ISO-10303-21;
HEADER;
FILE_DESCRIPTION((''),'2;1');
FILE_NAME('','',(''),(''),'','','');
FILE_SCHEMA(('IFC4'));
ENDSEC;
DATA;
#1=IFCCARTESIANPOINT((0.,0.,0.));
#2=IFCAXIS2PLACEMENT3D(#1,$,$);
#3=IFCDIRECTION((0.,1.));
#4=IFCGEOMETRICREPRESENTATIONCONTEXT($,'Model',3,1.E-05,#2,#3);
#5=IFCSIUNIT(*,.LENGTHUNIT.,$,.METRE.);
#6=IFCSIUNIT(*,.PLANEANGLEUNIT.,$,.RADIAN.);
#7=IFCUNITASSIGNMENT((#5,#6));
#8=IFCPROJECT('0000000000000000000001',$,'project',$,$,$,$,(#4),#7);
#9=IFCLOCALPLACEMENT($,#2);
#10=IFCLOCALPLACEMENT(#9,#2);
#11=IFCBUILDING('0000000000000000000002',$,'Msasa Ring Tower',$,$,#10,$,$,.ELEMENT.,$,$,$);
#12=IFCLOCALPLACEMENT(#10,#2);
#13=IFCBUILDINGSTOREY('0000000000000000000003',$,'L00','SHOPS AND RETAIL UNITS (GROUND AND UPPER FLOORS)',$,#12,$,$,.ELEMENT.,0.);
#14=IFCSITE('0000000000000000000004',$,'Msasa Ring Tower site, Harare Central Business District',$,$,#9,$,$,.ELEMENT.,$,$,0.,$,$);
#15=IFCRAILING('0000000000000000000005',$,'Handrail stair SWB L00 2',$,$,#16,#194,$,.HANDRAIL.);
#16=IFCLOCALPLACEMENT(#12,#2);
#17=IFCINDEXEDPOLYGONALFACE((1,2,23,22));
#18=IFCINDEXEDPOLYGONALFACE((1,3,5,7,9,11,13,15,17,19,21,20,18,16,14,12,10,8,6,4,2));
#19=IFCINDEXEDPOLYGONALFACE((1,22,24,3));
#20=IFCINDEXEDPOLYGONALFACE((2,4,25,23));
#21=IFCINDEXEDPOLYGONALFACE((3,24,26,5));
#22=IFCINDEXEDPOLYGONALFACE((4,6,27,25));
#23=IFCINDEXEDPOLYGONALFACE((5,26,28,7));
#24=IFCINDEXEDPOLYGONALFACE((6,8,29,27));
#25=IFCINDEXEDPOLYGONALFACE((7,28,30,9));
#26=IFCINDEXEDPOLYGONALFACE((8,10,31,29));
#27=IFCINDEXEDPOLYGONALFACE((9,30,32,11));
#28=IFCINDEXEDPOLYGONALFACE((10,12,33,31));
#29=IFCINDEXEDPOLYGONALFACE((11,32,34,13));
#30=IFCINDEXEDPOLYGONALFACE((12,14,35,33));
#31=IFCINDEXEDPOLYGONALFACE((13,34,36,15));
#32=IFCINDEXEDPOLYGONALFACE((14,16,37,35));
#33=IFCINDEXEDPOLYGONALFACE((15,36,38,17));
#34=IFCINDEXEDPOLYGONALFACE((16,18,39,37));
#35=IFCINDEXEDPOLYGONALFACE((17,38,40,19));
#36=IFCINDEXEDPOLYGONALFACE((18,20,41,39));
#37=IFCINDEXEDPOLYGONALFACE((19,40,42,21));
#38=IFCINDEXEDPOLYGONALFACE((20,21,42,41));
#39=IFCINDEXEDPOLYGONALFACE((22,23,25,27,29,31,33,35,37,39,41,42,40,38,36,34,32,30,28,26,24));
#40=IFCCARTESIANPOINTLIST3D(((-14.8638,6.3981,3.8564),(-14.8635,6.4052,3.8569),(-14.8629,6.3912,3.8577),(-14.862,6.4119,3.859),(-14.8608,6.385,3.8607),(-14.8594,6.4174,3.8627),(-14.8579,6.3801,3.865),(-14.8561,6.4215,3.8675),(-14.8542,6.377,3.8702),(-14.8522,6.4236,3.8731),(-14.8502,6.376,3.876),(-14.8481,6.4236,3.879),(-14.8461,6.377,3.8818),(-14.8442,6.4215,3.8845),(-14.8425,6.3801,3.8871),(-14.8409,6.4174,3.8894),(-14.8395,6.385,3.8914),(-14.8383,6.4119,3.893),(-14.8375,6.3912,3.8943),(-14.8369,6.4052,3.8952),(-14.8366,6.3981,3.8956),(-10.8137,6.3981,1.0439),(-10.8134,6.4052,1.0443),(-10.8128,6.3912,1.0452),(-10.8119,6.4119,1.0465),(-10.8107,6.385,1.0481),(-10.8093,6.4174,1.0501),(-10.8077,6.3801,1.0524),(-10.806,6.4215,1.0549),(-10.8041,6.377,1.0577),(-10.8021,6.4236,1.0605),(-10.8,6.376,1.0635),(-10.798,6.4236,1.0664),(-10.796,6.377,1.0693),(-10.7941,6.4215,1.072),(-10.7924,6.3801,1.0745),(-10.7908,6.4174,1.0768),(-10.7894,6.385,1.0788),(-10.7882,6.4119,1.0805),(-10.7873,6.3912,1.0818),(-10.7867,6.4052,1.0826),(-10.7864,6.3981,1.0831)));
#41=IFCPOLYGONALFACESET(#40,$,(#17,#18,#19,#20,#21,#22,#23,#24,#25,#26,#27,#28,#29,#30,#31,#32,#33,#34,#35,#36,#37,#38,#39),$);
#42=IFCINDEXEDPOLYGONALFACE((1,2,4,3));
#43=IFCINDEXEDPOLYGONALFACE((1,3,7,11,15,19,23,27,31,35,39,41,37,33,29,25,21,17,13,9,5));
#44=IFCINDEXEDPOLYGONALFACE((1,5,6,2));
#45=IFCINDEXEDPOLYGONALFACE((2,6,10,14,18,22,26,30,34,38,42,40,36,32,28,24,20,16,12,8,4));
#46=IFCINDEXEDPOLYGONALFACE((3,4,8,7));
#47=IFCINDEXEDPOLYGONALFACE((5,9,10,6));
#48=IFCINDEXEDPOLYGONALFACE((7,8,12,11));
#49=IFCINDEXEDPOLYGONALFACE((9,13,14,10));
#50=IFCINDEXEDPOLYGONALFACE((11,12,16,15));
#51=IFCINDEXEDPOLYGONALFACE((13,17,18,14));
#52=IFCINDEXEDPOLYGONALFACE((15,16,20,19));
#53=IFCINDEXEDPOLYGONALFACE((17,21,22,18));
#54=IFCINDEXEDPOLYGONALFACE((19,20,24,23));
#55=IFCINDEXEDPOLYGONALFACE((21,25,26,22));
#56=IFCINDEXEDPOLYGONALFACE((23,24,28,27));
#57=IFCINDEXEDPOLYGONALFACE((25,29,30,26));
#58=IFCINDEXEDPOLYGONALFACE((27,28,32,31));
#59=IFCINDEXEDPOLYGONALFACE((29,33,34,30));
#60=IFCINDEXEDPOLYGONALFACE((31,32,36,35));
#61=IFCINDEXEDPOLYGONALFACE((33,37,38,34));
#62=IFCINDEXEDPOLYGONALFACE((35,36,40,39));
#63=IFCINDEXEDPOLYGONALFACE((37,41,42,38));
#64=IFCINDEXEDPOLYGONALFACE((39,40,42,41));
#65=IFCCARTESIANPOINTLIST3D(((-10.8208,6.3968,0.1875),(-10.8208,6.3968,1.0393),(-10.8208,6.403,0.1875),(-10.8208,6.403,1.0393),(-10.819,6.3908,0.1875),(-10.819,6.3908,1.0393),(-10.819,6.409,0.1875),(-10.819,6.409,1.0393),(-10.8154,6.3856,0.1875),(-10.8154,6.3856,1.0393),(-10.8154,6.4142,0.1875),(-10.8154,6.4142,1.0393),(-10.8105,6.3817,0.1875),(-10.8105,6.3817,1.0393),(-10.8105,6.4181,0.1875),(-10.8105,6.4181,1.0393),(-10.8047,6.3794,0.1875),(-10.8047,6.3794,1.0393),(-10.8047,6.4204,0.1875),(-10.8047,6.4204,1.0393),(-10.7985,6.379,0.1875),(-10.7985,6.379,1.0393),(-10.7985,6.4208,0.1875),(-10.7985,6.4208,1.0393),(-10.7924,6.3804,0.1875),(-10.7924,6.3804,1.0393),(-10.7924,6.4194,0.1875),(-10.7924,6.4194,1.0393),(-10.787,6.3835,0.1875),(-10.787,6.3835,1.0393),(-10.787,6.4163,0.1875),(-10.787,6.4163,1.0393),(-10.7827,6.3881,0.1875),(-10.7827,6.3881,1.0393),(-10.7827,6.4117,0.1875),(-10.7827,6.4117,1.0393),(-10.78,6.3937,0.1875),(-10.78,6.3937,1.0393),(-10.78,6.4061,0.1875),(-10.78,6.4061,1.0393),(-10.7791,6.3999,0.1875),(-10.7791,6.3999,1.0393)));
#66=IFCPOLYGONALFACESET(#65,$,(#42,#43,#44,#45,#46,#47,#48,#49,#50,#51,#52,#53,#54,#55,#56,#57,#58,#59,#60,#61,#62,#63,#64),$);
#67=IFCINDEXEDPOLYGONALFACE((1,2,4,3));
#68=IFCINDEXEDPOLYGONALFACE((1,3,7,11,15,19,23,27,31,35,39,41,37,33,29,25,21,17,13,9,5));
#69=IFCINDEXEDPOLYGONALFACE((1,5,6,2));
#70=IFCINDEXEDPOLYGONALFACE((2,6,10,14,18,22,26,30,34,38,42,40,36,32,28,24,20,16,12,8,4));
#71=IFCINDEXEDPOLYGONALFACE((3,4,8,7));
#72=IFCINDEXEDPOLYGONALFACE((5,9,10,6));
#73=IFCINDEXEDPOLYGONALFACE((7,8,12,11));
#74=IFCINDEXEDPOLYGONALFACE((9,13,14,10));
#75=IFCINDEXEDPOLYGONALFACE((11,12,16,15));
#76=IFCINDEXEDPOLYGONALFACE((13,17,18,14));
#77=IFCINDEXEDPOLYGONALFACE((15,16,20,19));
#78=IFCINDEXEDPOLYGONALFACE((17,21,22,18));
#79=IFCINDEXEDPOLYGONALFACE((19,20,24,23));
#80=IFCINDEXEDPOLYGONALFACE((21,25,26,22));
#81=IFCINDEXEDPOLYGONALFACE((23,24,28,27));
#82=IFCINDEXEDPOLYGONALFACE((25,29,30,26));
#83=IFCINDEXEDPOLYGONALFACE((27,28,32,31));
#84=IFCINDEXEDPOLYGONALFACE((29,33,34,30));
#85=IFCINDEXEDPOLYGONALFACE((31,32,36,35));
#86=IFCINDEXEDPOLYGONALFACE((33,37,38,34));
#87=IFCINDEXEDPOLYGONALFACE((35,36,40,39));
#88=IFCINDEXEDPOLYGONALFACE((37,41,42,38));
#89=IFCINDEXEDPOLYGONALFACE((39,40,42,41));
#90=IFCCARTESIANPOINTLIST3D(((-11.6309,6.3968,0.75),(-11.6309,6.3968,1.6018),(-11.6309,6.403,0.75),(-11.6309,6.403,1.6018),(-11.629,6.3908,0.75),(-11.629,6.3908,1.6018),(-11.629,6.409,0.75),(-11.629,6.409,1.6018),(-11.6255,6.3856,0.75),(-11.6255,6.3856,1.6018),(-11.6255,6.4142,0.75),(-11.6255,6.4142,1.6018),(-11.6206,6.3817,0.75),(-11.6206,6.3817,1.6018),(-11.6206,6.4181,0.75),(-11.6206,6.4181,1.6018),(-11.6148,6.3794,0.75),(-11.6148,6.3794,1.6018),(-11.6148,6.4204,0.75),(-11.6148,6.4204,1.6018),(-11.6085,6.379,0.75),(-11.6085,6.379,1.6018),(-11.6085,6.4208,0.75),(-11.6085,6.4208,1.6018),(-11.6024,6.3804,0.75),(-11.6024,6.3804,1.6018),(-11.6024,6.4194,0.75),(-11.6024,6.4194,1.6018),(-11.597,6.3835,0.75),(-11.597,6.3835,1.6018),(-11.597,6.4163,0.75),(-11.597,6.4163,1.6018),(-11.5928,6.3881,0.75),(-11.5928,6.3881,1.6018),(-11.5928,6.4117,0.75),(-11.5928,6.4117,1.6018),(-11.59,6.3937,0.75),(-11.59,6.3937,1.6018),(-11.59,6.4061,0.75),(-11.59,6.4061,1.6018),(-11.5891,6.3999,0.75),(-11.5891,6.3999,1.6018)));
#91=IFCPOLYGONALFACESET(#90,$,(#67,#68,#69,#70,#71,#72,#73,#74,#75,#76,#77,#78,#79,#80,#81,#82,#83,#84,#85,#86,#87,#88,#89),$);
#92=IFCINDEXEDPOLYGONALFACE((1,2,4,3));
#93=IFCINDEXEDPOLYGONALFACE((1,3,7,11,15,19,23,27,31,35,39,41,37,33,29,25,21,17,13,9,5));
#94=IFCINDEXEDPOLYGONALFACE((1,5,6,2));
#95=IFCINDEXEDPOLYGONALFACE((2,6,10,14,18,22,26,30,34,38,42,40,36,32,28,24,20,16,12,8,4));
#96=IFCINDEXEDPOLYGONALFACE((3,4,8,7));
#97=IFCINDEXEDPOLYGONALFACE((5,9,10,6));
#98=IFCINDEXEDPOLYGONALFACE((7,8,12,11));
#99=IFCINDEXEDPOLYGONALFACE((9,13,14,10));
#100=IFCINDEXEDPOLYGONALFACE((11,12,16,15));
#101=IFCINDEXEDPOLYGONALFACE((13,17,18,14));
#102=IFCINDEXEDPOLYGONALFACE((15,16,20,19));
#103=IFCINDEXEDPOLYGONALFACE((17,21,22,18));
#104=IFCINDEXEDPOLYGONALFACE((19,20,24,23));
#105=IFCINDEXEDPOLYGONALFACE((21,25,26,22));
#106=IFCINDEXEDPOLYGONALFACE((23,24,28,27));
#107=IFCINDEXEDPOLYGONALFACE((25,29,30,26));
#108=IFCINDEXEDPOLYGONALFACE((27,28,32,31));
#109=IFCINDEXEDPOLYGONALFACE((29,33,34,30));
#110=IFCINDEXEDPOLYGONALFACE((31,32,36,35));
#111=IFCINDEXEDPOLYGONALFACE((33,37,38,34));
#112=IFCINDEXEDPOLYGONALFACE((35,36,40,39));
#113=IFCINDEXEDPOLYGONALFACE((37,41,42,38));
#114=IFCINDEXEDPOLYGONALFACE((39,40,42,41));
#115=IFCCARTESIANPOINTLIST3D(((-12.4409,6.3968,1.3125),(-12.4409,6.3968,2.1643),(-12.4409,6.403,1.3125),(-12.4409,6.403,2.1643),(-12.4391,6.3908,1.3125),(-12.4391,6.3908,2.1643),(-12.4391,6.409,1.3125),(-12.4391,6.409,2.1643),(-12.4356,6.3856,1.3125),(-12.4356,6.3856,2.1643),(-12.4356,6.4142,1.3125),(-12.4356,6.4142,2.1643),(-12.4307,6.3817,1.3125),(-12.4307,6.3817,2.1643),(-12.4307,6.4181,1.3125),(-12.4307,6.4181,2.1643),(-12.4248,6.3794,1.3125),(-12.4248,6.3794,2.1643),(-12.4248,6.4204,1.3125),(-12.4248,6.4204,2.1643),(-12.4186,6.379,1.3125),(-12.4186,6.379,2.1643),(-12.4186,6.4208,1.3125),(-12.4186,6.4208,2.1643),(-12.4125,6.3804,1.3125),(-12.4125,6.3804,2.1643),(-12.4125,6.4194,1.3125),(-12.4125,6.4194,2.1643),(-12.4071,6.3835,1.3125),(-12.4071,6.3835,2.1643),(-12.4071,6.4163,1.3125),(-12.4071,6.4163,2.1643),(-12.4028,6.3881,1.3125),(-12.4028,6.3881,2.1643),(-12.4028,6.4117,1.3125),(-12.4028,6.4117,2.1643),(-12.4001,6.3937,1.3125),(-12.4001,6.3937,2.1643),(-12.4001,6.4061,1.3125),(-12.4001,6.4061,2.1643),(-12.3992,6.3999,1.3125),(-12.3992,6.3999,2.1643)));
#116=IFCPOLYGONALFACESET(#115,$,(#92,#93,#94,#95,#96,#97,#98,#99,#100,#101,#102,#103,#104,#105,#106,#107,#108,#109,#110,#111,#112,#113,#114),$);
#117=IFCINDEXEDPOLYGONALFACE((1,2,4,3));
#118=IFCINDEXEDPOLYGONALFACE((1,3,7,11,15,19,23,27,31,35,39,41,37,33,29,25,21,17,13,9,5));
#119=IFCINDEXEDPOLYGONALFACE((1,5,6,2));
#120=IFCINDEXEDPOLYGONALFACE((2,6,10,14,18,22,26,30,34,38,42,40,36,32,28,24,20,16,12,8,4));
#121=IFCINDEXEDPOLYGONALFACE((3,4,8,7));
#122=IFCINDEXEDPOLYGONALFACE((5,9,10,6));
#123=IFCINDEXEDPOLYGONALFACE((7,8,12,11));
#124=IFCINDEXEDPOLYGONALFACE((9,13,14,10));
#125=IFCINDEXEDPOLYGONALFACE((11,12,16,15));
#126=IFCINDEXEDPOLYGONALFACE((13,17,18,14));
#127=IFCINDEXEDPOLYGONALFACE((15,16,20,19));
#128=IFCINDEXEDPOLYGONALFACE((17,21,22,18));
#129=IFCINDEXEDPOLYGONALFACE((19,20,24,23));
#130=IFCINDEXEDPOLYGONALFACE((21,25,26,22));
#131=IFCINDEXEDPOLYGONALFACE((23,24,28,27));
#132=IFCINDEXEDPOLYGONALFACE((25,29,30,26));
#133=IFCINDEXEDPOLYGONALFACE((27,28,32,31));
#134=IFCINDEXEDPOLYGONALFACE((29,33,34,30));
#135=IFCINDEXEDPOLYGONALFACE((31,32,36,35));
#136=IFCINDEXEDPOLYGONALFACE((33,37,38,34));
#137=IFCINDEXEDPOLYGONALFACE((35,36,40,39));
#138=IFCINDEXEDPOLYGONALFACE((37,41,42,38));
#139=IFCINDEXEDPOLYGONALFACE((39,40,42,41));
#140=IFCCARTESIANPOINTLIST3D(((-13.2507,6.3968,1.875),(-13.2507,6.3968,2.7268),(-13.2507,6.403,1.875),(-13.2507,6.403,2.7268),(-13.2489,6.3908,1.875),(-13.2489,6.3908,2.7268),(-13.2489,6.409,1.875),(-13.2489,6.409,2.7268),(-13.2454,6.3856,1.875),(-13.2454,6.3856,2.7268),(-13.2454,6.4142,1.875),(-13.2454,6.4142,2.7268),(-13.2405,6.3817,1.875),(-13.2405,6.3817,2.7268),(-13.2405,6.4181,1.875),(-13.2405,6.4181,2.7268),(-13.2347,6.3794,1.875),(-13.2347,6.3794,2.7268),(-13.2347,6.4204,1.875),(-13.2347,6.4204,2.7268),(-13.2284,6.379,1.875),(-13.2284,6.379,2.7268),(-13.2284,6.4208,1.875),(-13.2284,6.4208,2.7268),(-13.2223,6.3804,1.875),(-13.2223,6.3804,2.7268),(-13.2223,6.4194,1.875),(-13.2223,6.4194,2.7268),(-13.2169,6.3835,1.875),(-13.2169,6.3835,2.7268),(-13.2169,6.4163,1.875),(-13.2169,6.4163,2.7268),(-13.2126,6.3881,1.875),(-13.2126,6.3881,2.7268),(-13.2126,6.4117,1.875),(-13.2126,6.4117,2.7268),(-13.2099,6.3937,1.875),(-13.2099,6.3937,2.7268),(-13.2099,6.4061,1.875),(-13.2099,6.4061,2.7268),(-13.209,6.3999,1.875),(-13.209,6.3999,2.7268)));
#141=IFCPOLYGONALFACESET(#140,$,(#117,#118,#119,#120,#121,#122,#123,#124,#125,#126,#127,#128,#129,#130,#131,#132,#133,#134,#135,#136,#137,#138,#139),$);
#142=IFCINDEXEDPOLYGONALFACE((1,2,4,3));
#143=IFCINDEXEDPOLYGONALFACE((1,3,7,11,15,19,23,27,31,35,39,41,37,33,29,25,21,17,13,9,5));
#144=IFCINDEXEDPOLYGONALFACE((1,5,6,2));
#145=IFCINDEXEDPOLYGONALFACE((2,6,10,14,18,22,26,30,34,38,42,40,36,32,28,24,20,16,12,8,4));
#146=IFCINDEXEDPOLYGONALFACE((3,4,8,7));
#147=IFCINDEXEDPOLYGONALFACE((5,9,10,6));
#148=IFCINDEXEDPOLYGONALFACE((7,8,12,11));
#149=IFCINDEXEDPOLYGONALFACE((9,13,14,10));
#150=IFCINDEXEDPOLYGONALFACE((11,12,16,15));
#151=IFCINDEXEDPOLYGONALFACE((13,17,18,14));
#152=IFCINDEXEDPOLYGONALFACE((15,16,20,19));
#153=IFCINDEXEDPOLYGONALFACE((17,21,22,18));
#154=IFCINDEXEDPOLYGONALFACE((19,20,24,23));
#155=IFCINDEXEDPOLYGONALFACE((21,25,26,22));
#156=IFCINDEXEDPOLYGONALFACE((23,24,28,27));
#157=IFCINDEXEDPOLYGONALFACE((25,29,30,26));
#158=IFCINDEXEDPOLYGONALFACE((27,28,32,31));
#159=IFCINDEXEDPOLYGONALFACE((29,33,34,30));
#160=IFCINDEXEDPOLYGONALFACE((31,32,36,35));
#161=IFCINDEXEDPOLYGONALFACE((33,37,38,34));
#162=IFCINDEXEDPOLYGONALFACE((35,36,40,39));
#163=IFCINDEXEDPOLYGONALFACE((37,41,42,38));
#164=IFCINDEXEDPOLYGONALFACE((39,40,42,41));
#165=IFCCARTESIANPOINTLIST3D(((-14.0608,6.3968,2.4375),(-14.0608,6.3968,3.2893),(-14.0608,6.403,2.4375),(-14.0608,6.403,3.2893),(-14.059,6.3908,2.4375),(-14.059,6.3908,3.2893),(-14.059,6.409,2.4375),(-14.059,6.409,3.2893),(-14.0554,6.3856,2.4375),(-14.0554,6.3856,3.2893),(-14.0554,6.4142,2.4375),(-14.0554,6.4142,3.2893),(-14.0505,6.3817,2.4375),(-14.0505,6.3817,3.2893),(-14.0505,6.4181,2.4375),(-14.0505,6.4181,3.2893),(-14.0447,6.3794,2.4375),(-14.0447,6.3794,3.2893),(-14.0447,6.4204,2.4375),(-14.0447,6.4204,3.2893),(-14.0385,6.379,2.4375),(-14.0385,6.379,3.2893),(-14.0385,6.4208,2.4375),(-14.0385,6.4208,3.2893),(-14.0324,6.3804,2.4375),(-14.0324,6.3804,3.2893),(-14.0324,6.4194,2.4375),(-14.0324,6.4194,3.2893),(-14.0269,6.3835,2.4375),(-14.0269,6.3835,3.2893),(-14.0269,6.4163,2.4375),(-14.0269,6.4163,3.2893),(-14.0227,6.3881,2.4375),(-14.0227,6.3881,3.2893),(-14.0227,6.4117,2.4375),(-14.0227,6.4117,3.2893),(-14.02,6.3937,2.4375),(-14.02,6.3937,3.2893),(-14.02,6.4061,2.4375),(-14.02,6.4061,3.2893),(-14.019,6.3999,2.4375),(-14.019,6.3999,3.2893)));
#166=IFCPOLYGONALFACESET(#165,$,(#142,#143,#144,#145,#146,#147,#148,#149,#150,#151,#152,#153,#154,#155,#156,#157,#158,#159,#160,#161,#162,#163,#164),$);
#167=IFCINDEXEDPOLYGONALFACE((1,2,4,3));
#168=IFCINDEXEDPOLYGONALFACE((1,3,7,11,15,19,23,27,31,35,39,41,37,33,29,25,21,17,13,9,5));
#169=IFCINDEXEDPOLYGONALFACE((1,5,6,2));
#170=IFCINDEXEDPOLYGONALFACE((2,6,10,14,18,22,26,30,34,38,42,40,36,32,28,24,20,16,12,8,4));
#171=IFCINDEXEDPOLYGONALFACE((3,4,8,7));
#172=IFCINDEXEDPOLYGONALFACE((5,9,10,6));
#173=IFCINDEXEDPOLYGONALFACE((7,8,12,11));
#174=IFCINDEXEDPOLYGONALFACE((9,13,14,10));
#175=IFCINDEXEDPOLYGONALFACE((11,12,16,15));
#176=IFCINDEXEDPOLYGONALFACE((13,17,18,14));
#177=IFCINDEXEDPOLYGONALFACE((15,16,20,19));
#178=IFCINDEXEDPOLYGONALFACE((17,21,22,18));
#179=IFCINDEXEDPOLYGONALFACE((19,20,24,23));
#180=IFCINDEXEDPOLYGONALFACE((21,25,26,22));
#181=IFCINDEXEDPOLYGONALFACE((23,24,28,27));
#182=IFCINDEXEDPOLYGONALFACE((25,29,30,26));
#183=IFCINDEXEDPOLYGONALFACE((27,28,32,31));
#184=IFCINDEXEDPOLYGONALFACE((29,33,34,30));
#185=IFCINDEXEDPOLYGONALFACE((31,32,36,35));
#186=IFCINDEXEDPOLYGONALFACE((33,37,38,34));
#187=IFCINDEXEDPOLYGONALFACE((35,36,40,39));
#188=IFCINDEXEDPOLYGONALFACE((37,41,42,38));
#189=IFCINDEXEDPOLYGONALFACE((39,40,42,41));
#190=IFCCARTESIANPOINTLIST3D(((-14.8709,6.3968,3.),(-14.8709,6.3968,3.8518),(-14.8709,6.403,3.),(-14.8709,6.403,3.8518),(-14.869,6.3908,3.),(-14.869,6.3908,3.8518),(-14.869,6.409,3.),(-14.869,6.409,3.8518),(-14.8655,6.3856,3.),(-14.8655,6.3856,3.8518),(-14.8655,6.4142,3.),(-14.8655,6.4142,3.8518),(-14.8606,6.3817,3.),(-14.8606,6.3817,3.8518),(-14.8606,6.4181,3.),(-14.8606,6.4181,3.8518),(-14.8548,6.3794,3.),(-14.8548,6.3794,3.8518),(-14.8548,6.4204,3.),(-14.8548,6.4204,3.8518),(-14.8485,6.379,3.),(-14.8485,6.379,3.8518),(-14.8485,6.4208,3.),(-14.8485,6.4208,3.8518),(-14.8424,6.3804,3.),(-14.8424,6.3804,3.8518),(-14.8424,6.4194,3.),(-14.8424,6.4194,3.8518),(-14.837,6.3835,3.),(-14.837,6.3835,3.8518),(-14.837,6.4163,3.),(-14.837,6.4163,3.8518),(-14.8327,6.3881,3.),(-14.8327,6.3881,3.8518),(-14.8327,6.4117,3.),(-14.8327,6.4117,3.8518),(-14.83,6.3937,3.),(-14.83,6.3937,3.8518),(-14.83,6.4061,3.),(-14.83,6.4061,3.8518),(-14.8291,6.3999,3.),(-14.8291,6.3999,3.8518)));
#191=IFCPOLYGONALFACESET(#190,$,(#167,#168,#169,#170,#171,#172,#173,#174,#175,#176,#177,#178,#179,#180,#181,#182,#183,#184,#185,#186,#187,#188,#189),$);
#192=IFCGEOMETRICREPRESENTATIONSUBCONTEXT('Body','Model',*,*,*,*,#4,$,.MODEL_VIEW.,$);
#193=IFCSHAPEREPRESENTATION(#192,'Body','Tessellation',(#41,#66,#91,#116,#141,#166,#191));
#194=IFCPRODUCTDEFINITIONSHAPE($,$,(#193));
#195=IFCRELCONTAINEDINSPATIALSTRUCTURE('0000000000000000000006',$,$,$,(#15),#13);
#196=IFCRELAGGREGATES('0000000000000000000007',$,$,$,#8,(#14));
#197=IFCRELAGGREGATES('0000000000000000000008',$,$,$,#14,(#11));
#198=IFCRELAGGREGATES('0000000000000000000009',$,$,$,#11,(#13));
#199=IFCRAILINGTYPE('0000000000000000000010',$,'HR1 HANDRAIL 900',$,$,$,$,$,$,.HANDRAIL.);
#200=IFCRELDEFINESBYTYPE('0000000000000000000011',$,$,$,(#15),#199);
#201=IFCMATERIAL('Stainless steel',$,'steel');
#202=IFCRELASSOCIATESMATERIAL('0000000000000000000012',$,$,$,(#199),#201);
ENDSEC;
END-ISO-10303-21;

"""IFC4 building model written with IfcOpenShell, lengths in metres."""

from ifc_helpers import new_model, si_unit, direction, frame, origin, origin_2d, place, context, subcontext, project, spatial, circle, extrude, material, type_object, element, save


model = new_model("IFC4")

# Units and contexts
model_context = context("Model", 3, precision=1e-05, world=origin(), true_north=direction((0.0, 1.0)))
body_context = subcontext(model_context, "Body", "Model", "MODEL_VIEW")
ifc_project = project(units=[si_unit("LENGTHUNIT", "METRE"), si_unit("PLANEANGLEUNIT", "RADIAN")], contexts=[model_context])

# Site, building, storey
site_placement = place(None, origin())
site = spatial("IfcSite", under=ifc_project, at=site_placement, Name="Msasa Ring Tower site, Harare Central Business District", CompositionType="ELEMENT", RefElevation=0.0)
building_placement = place(site_placement, origin())
building = spatial("IfcBuilding", under=site, at=building_placement, Name="Msasa Ring Tower", CompositionType="ELEMENT")
storey_placement = place(building_placement, origin())
storey = spatial("IfcBuildingStorey", under=building, at=storey_placement, Name="L00", Description="SHOPS AND RETAIL UNITS (GROUND AND UPPER FLOORS)", CompositionType="ELEMENT", Elevation=0.0)

# Railing
ifc_material_1 = material(Name="Stainless steel", Category="steel")
railing_type = type_object("IfcRailingType", Name="HR1 HANDRAIL 900", PredefinedType="HANDRAIL", material=ifc_material_1)
for number, where, name in (
    (1, (-10.8, 6.3999, 0.1875), "Handrail stair SWB L00 2"),
):
    element("IfcRailing", number, at=place(storey_placement, frame(where)), inside=storey, type_object=railing_type, Name=name, PredefinedType="HANDRAIL", context=body_context, shape_type="SweptSolid", body=[
        extrude(circle(Radius=0.0239, at=origin_2d()), frame((0.0, 0.0, 0.876), z_axis=(-0.821373, 0.0, 0.570391), x_axis=(0.0, -1.0, 0.0)), (0.0, 0.0, 1.0), 4.9309),
        extrude(circle(Radius=0.021, at=origin_2d()), origin(), (0.0, 0.0, 1.0), 0.8518),
        extrude(circle(Radius=0.021, at=origin_2d()), frame((-0.8101, 0.0, 0.5625)), (0.0, 0.0, 1.0), 0.8518),
        extrude(circle(Radius=0.021, at=origin_2d()), frame((-1.6201, 0.0, 1.125)), (0.0, 0.0, 1.0), 0.8518),
        extrude(circle(Radius=0.021, at=origin_2d()), frame((-2.4299, 0.0, 1.6875)), (0.0, 0.0, 1.0), 0.8518),
        extrude(circle(Radius=0.021, at=origin_2d()), frame((-3.24, 0.0, 2.25)), (0.0, 0.0, 1.0), 0.8518),
        extrude(circle(Radius=0.021, at=origin_2d()), frame((-4.05, 0.0, 2.8125)), (0.0, 0.0, 1.0), 0.8518),
    ])

save(model, "model.ifc")
